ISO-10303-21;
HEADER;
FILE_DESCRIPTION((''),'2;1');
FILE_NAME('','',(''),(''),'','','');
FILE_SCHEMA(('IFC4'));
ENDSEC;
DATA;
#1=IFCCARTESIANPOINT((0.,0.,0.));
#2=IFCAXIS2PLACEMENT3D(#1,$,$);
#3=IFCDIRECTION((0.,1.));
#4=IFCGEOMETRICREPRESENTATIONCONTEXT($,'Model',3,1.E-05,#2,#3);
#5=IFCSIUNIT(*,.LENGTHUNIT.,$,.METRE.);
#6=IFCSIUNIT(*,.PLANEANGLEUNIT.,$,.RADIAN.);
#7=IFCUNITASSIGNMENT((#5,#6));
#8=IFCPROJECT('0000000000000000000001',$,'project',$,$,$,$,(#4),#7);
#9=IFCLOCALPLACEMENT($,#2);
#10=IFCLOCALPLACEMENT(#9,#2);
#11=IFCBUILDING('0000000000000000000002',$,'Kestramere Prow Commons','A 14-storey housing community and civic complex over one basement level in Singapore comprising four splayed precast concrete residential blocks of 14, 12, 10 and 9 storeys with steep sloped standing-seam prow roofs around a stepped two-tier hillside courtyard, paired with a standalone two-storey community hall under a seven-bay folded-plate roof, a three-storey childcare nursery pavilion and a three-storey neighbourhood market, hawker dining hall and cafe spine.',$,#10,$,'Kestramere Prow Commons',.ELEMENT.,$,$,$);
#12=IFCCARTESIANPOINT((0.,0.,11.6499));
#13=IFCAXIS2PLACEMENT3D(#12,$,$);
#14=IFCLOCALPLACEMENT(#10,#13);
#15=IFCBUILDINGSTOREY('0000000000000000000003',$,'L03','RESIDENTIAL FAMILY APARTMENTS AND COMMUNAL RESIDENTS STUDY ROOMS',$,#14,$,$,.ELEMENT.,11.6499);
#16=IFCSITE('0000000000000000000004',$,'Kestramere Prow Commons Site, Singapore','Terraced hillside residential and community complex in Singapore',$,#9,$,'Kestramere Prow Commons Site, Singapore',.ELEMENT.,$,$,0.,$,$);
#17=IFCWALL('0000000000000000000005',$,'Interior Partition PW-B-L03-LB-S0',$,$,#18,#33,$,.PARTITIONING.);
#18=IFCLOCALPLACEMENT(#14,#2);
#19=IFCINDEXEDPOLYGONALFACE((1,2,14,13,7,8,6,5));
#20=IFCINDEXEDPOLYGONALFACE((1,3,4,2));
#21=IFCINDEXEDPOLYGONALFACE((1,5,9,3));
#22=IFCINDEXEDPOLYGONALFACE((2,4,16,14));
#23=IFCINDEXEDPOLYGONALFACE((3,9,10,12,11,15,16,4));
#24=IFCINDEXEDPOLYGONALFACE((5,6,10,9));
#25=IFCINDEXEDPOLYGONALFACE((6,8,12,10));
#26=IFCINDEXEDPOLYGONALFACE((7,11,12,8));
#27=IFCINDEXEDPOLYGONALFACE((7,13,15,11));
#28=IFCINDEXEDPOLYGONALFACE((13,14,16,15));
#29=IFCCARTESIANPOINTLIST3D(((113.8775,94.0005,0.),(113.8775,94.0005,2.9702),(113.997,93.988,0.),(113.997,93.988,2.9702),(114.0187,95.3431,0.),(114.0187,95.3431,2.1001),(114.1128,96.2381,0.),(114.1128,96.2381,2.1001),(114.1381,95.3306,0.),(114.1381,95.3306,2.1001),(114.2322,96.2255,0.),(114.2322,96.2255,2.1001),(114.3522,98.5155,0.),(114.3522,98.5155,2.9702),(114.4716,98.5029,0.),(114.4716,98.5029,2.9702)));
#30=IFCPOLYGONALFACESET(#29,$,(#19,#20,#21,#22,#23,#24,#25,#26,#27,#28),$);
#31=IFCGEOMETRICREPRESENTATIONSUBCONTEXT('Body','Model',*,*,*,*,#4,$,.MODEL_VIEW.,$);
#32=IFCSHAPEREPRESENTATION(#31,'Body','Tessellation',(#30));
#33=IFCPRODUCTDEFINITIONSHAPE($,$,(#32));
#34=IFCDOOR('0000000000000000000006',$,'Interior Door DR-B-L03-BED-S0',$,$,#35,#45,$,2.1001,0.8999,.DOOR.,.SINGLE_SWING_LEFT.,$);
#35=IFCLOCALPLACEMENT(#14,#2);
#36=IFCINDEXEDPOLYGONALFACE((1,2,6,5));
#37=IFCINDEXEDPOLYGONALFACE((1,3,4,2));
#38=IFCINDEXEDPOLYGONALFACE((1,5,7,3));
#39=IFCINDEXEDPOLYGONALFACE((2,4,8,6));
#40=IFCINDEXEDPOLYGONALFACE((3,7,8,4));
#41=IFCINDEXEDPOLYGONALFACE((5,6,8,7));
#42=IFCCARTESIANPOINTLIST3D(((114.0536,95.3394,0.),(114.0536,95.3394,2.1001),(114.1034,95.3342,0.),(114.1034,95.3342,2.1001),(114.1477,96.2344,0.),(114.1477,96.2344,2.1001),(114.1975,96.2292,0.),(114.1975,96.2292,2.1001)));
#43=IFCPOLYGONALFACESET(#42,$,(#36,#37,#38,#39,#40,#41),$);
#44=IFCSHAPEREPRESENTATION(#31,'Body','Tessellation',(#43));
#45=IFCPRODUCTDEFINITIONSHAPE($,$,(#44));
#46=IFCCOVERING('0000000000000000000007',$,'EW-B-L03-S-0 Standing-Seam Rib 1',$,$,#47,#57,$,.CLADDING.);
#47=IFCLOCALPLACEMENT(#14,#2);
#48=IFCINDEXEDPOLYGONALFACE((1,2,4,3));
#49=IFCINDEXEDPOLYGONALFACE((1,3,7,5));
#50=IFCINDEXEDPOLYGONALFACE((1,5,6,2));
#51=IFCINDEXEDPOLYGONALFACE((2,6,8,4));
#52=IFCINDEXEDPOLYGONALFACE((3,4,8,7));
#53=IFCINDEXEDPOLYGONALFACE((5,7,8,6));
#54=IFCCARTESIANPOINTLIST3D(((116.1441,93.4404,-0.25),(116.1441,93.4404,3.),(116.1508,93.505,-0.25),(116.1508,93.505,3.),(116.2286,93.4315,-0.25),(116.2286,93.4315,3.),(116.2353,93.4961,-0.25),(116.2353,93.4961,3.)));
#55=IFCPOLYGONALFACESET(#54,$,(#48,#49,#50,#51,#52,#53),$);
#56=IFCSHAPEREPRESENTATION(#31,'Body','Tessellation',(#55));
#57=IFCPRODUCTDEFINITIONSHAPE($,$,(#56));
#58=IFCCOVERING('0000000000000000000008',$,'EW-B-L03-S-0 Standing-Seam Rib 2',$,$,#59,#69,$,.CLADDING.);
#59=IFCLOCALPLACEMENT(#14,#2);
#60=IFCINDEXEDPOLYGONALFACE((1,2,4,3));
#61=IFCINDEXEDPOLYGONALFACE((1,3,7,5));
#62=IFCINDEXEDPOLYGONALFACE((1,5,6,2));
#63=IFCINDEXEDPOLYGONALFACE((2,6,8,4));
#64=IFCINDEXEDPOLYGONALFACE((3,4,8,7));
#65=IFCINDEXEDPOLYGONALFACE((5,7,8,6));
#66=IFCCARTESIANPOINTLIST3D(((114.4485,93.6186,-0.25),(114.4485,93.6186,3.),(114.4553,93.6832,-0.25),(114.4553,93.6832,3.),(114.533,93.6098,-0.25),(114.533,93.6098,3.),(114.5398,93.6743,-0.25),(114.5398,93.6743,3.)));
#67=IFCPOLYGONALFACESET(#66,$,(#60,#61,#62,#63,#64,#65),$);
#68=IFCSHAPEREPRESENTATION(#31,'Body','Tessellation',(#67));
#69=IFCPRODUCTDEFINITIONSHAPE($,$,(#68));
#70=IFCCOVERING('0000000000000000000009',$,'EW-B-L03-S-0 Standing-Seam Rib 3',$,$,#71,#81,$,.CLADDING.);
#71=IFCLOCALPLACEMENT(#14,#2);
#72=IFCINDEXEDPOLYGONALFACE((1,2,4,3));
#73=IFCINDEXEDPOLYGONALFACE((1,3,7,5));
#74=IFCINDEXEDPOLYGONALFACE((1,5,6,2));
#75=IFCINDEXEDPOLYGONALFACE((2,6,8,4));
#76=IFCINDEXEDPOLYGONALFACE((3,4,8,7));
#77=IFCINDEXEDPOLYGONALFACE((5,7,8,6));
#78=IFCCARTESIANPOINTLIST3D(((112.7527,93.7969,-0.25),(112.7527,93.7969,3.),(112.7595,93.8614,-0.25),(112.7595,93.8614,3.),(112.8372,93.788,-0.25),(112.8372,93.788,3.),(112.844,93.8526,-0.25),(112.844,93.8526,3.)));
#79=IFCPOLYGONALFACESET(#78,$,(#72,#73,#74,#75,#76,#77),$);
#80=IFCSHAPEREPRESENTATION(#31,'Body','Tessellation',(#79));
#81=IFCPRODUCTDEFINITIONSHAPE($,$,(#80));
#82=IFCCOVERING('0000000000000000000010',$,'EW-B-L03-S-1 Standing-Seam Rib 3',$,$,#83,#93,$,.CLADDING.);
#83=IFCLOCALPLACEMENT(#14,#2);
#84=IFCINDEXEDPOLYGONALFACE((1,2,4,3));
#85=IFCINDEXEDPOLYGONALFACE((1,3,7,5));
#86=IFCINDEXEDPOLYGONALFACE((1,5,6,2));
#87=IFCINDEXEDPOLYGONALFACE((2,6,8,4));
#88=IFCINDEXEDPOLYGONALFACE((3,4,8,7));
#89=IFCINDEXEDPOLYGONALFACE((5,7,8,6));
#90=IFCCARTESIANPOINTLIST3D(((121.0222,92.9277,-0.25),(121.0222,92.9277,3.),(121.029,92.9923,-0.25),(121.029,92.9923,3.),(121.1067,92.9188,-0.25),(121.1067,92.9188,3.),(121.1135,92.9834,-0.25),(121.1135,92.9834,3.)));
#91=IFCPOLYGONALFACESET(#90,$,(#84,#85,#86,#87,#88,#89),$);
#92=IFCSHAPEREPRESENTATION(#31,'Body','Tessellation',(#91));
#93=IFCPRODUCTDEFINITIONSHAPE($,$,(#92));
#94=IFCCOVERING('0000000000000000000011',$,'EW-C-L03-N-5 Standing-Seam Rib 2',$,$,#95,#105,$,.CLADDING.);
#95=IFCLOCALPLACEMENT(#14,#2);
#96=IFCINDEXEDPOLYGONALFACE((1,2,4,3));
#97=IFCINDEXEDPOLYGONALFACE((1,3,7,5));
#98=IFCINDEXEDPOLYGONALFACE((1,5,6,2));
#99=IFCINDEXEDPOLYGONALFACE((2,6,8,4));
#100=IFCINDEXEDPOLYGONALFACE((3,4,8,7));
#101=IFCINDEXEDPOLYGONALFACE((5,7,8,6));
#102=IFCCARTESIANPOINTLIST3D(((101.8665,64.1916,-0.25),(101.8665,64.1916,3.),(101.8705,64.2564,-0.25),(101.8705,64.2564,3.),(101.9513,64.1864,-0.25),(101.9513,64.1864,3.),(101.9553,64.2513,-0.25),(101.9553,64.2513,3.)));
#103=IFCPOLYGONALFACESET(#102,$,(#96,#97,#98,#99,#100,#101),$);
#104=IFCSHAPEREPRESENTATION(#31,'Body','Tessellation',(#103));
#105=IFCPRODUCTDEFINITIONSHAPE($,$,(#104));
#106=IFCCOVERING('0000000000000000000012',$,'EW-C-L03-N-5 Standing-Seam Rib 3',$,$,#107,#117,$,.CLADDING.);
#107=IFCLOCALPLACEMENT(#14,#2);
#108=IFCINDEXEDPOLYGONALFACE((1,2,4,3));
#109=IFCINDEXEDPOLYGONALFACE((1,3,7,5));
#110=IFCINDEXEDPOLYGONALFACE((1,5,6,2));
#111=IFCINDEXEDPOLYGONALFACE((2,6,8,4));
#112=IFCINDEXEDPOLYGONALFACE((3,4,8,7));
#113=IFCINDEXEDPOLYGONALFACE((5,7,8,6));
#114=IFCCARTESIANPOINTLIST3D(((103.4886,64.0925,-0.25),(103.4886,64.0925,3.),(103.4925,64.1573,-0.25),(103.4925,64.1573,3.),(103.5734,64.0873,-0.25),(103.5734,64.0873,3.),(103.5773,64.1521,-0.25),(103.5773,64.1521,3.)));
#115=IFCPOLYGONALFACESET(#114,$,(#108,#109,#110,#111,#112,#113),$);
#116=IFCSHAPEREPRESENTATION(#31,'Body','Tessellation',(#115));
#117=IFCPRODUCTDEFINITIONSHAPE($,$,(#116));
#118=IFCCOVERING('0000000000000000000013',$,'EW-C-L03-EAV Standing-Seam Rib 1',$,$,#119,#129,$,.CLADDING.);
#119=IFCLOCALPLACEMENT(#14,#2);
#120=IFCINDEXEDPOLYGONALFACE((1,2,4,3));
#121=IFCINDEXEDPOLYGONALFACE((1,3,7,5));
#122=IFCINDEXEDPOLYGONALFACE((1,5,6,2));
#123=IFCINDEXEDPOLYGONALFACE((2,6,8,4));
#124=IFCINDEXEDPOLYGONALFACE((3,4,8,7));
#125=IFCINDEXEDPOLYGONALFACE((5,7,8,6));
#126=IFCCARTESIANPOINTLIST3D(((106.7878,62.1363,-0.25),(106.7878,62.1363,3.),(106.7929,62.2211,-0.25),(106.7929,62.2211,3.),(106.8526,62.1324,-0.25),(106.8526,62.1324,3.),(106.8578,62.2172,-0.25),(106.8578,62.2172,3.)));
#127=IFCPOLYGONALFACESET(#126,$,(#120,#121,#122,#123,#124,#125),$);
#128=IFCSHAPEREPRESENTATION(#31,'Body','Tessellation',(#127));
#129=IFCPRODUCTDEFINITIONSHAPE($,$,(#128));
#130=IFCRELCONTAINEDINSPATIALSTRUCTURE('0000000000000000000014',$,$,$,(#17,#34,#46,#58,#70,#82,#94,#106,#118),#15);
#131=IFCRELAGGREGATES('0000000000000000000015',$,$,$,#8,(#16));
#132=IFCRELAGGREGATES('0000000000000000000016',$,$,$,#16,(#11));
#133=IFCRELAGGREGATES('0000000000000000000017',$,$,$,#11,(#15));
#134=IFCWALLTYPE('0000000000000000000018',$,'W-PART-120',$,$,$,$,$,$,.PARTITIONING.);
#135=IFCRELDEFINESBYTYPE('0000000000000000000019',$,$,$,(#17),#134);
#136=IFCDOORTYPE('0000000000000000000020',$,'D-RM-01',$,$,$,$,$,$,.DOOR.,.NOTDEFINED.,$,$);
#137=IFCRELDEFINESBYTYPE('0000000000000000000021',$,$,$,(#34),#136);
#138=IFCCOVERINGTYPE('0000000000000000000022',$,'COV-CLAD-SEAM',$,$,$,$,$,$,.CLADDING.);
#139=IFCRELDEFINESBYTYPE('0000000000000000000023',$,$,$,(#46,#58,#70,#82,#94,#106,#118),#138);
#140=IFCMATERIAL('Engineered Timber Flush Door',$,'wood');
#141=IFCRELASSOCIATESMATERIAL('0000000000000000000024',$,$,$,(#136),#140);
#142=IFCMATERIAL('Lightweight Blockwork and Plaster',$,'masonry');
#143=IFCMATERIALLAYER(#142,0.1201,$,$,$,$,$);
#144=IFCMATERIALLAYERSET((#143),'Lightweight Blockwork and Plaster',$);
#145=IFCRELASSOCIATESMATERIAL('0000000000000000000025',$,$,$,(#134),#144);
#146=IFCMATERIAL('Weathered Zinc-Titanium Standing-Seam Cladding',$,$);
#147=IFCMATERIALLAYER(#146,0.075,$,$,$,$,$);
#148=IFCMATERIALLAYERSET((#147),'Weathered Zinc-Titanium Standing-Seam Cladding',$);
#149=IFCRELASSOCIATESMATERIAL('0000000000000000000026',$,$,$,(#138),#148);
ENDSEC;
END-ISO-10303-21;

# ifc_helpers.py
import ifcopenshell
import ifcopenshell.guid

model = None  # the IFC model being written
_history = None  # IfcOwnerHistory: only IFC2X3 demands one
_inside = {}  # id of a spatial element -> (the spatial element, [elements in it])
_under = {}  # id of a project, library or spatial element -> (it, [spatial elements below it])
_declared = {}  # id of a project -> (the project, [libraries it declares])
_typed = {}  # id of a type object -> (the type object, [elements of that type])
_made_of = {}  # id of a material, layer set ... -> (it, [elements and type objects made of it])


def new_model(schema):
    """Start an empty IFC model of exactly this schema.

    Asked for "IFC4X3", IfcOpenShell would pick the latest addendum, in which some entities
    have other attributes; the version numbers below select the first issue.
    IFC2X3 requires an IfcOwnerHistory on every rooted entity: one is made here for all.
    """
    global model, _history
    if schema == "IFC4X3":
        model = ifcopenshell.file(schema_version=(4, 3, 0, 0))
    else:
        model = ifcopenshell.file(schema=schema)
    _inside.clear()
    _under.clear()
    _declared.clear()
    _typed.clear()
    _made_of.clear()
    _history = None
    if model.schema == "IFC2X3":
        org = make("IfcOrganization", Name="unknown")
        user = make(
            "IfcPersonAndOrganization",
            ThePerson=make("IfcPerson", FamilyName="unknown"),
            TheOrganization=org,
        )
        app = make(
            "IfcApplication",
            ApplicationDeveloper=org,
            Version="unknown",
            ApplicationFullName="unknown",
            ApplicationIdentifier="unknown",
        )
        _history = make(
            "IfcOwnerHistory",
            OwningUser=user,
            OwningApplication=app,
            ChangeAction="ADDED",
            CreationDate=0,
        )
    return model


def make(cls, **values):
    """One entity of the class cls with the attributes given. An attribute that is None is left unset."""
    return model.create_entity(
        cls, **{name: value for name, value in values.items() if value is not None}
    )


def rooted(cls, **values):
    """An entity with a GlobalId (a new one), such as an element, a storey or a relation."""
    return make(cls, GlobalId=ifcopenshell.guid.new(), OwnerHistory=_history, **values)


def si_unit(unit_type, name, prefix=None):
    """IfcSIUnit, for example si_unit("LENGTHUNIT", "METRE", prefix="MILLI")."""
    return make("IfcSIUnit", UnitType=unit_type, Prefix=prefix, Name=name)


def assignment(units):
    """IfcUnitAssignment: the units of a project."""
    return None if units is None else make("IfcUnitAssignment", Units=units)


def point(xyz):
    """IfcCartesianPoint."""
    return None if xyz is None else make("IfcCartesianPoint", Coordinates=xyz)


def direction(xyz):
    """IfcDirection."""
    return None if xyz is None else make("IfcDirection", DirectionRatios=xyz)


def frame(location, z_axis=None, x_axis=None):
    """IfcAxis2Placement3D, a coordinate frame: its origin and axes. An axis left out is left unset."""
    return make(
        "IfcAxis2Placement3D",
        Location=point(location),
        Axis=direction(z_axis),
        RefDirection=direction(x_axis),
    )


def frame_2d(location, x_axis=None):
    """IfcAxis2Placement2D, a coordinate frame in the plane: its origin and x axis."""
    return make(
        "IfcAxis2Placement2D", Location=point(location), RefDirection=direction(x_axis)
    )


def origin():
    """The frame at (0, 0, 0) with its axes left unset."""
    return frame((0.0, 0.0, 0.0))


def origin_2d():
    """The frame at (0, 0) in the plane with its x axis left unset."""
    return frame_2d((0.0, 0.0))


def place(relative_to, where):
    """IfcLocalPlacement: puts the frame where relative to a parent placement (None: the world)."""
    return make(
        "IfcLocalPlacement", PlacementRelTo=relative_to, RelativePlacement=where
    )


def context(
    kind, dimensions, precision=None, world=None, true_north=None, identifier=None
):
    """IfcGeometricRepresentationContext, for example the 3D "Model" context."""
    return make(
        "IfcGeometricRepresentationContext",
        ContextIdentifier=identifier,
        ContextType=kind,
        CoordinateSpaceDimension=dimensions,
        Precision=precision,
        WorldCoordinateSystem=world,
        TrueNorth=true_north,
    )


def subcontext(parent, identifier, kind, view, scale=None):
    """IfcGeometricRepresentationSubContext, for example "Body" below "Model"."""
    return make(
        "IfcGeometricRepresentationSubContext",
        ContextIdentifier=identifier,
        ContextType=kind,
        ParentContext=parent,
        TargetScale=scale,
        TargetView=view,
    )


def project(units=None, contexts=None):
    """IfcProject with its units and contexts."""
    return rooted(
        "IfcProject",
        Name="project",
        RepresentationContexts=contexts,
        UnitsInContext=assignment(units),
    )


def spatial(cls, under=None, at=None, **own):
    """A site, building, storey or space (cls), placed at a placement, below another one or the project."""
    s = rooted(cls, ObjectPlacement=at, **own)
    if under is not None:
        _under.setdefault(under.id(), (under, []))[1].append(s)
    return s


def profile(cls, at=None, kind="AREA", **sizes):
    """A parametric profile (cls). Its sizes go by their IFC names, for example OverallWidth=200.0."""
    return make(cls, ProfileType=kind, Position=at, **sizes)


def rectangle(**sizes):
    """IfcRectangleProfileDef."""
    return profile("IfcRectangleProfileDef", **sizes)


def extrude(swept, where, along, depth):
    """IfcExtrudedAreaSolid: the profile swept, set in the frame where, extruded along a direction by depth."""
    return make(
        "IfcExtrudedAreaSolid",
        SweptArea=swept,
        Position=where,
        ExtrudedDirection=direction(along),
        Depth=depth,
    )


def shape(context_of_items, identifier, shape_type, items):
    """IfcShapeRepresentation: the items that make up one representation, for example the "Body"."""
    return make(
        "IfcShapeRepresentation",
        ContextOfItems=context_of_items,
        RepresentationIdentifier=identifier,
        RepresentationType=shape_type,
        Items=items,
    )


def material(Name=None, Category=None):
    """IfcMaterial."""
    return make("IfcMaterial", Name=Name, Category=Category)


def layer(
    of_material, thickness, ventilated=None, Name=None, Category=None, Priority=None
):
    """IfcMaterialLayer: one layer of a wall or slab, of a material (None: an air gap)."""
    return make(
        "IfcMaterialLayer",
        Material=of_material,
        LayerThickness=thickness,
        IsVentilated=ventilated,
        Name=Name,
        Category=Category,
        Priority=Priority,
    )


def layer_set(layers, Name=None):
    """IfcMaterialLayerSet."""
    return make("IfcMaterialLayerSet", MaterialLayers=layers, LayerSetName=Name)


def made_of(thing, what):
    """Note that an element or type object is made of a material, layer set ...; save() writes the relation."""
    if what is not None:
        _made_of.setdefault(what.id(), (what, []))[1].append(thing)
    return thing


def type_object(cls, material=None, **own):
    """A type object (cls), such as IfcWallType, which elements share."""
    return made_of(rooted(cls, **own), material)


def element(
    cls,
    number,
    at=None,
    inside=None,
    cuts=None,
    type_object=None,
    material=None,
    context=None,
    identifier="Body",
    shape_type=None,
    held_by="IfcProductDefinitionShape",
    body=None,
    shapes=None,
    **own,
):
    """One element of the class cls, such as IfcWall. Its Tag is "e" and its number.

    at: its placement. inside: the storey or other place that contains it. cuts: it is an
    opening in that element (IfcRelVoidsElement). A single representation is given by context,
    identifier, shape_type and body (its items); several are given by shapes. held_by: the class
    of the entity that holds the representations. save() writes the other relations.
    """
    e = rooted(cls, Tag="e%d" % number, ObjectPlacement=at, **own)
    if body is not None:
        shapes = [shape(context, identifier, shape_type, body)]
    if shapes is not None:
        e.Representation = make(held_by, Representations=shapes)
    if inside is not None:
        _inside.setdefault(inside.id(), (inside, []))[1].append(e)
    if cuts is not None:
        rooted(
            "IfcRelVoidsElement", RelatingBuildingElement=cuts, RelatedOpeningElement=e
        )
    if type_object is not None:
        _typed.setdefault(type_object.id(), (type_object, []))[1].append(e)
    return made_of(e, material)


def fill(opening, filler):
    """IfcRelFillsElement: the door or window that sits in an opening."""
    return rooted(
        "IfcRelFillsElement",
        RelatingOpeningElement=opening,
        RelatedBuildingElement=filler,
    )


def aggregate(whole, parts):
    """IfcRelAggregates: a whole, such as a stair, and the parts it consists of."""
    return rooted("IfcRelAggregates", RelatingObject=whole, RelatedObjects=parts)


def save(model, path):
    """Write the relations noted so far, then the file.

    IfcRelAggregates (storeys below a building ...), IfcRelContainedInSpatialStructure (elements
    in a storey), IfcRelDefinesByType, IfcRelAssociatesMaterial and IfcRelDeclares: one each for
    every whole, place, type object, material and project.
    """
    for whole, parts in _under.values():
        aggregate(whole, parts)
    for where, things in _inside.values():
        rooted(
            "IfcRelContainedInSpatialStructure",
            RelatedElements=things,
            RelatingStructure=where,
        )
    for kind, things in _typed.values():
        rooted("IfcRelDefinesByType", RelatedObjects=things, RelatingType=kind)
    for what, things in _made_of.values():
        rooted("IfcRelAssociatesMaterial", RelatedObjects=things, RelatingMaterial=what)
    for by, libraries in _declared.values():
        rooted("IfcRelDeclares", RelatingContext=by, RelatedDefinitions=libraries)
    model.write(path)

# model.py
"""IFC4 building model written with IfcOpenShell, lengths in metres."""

from ifc_helpers import new_model, si_unit, direction, frame, frame_2d, origin, origin_2d, place, context, subcontext, project, spatial, rectangle, extrude, material, layer, layer_set, type_object, element, fill, save


model = new_model("IFC4")

# Units and contexts
model_context = context("Model", 3, precision=1e-05, world=origin(), true_north=direction((0.0, 1.0)))
body_context = subcontext(model_context, "Body", "Model", "MODEL_VIEW")
ifc_project = project(units=[si_unit("LENGTHUNIT", "METRE"), si_unit("PLANEANGLEUNIT", "RADIAN")], contexts=[model_context])

# Site, building, storey
site_placement = place(None, origin())
site = spatial("IfcSite", under=ifc_project, at=site_placement, Name="Kestramere Prow Commons Site, Singapore", Description="Terraced hillside residential and community complex in Singapore", LongName="Kestramere Prow Commons Site, Singapore", CompositionType="ELEMENT", RefElevation=0.0)
building_placement = place(site_placement, origin())
building = spatial("IfcBuilding", under=site, at=building_placement, Name="Kestramere Prow Commons", Description="A 14-storey housing community and civic complex over one basement level in Singapore comprising four splayed precast concrete residential blocks of 14, 12, 10 and 9 storeys with steep sloped standing-seam prow roofs around a stepped two-tier hillside courtyard, paired with a standalone two-storey community hall under a seven-bay folded-plate roof, a three-storey childcare nursery pavilion and a three-storey neighbourhood market, hawker dining hall and cafe spine.", LongName="Kestramere Prow Commons", CompositionType="ELEMENT")
storey_placement = place(building_placement, frame((0.0, 0.0, 11.6499)))
storey = spatial("IfcBuildingStorey", under=building, at=storey_placement, Name="L03", Description="RESIDENTIAL FAMILY APARTMENTS AND COMMUNAL RESIDENTS STUDY ROOMS", CompositionType="ELEMENT", Elevation=11.6499)

# Wall, opening, door
ifc_material_1 = material(Name="Engineered Timber Flush Door", Category="wood")
door_type = type_object("IfcDoorType", Name="D-RM-01", OperationType="NOTDEFINED", PredefinedType="DOOR", material=ifc_material_1)
ifc_material_2 = material(Name="Lightweight Blockwork and Plaster", Category="masonry")
ifc_layer_1 = layer(ifc_material_2, 0.1201)
ifc_layer_set_1 = layer_set([ifc_layer_1], Name="Lightweight Blockwork and Plaster")
wall_type_1 = type_object("IfcWallType", Name="W-PART-120", PredefinedType="PARTITIONING", material=ifc_layer_set_1)
wall_1_placement = place(storey_placement, frame((113.9373, 93.9941, 0.0), z_axis=(0.0, 0.0, 1.0), x_axis=(0.104545, 0.99452, 0.0)))
wall_1 = element("IfcWall", 1, at=wall_1_placement, inside=storey, type_object=wall_type_1, Name="Interior Partition PW-B-L03-LB-S0", PredefinedType="PARTITIONING", context=body_context, shape_type="SweptSolid", body=[
    extrude(rectangle(XDim=4.5398, YDim=0.1201, at=frame_2d((2.27, 0.0))), origin(), (0.0, 0.0, 1.0), 2.9702),
])
opening_1_placement = place(wall_1_placement, frame((1.3501, 0.0, 0.0)))
opening_1 = element("IfcOpeningElement", 2, at=opening_1_placement, cuts=wall_1, PredefinedType="OPENING", context=body_context, shape_type="SweptSolid", body=[
    extrude(rectangle(XDim=0.8999, YDim=2.1001, at=frame_2d((0.45, 1.05))), frame((0.0, 0.075, 0.0), z_axis=(0.0, -1.0, 0.0), x_axis=(1.0, 0.0, 0.0)), (0.0, 0.0, 1.0), 0.1501),
])
door_1_placement = place(opening_1_placement, origin())
door_1 = element("IfcDoor", 3, at=door_1_placement, inside=storey, type_object=door_type, Name="Interior Door DR-B-L03-BED-S0", OperationType="SINGLE_SWING_LEFT", OverallHeight=2.1001, OverallWidth=0.8999, PredefinedType="DOOR", context=body_context, shape_type="SweptSolid", body=[
    extrude(rectangle(XDim=0.8999, YDim=2.1001, at=frame_2d((0.45, 1.05))), frame((0.0, 0.0249, 0.0), z_axis=(0.0, -1.0, 0.0), x_axis=(1.0, 0.0, 0.0)), (0.0, 0.0, 1.0), 0.05),
])
fill(opening_1, door_1)

# Coverings
ifc_material_3 = material(Name="Weathered Zinc-Titanium Standing-Seam Cladding")
ifc_layer_2 = layer(ifc_material_3, 0.075)
ifc_layer_set_2 = layer_set([ifc_layer_2], Name="Weathered Zinc-Titanium Standing-Seam Cladding")
covering_type = type_object("IfcCoveringType", Name="COV-CLAD-SEAM", PredefinedType="CLADDING", material=ifc_layer_set_2)
for number, where, z_axis, x_axis, name in (
    (4, (116.1897, 93.4683, -0.25), (0.0, 0.0, 1.0), (-0.994522, 0.104528, 0.0), "EW-B-L03-S-0 Standing-Seam Rib 1"),
    (5, (114.4941, 93.6465, -0.25), (0.0, 0.0, 1.0), (-0.994522, 0.104528, 0.0), "EW-B-L03-S-0 Standing-Seam Rib 2"),
    (6, (112.7983, 93.8247, -0.25), (0.0, 0.0, 1.0), (-0.994522, 0.104528, 0.0), "EW-B-L03-S-0 Standing-Seam Rib 3"),
    (7, (121.0679, 92.9556, -0.25), (0.0, 0.0, 1.0), (-0.994522, 0.104528, 0.0), "EW-B-L03-S-1 Standing-Seam Rib 3"),
    (8, (101.9109, 64.2214, -0.25), (0.0, 0.0, 1.0), (0.998135, -0.061049, 0.0), "EW-C-L03-N-5 Standing-Seam Rib 2"),
    (9, (103.533, 64.1223, -0.25), (0.0, 0.0, 1.0), (0.998135, -0.061049, 0.0), "EW-C-L03-N-5 Standing-Seam Rib 3"),
    (10, (106.8228, 62.1768, -0.25), (0.0, 0.0, 1.0), (-0.061049, -0.998135, 0.0), "EW-C-L03-EAV Standing-Seam Rib 1"),
):
    element("IfcCovering", number, at=place(storey_placement, frame(where, z_axis=z_axis, x_axis=x_axis)), inside=storey, type_object=covering_type, Name=name, PredefinedType="CLADDING", context=body_context, shape_type="SweptSolid", body=[
        extrude(rectangle(XDim=0.085, YDim=0.0649, at=origin_2d()), origin(), (0.0, 0.0, 1.0), 3.25),
    ])

save(model, "model.ifc")
